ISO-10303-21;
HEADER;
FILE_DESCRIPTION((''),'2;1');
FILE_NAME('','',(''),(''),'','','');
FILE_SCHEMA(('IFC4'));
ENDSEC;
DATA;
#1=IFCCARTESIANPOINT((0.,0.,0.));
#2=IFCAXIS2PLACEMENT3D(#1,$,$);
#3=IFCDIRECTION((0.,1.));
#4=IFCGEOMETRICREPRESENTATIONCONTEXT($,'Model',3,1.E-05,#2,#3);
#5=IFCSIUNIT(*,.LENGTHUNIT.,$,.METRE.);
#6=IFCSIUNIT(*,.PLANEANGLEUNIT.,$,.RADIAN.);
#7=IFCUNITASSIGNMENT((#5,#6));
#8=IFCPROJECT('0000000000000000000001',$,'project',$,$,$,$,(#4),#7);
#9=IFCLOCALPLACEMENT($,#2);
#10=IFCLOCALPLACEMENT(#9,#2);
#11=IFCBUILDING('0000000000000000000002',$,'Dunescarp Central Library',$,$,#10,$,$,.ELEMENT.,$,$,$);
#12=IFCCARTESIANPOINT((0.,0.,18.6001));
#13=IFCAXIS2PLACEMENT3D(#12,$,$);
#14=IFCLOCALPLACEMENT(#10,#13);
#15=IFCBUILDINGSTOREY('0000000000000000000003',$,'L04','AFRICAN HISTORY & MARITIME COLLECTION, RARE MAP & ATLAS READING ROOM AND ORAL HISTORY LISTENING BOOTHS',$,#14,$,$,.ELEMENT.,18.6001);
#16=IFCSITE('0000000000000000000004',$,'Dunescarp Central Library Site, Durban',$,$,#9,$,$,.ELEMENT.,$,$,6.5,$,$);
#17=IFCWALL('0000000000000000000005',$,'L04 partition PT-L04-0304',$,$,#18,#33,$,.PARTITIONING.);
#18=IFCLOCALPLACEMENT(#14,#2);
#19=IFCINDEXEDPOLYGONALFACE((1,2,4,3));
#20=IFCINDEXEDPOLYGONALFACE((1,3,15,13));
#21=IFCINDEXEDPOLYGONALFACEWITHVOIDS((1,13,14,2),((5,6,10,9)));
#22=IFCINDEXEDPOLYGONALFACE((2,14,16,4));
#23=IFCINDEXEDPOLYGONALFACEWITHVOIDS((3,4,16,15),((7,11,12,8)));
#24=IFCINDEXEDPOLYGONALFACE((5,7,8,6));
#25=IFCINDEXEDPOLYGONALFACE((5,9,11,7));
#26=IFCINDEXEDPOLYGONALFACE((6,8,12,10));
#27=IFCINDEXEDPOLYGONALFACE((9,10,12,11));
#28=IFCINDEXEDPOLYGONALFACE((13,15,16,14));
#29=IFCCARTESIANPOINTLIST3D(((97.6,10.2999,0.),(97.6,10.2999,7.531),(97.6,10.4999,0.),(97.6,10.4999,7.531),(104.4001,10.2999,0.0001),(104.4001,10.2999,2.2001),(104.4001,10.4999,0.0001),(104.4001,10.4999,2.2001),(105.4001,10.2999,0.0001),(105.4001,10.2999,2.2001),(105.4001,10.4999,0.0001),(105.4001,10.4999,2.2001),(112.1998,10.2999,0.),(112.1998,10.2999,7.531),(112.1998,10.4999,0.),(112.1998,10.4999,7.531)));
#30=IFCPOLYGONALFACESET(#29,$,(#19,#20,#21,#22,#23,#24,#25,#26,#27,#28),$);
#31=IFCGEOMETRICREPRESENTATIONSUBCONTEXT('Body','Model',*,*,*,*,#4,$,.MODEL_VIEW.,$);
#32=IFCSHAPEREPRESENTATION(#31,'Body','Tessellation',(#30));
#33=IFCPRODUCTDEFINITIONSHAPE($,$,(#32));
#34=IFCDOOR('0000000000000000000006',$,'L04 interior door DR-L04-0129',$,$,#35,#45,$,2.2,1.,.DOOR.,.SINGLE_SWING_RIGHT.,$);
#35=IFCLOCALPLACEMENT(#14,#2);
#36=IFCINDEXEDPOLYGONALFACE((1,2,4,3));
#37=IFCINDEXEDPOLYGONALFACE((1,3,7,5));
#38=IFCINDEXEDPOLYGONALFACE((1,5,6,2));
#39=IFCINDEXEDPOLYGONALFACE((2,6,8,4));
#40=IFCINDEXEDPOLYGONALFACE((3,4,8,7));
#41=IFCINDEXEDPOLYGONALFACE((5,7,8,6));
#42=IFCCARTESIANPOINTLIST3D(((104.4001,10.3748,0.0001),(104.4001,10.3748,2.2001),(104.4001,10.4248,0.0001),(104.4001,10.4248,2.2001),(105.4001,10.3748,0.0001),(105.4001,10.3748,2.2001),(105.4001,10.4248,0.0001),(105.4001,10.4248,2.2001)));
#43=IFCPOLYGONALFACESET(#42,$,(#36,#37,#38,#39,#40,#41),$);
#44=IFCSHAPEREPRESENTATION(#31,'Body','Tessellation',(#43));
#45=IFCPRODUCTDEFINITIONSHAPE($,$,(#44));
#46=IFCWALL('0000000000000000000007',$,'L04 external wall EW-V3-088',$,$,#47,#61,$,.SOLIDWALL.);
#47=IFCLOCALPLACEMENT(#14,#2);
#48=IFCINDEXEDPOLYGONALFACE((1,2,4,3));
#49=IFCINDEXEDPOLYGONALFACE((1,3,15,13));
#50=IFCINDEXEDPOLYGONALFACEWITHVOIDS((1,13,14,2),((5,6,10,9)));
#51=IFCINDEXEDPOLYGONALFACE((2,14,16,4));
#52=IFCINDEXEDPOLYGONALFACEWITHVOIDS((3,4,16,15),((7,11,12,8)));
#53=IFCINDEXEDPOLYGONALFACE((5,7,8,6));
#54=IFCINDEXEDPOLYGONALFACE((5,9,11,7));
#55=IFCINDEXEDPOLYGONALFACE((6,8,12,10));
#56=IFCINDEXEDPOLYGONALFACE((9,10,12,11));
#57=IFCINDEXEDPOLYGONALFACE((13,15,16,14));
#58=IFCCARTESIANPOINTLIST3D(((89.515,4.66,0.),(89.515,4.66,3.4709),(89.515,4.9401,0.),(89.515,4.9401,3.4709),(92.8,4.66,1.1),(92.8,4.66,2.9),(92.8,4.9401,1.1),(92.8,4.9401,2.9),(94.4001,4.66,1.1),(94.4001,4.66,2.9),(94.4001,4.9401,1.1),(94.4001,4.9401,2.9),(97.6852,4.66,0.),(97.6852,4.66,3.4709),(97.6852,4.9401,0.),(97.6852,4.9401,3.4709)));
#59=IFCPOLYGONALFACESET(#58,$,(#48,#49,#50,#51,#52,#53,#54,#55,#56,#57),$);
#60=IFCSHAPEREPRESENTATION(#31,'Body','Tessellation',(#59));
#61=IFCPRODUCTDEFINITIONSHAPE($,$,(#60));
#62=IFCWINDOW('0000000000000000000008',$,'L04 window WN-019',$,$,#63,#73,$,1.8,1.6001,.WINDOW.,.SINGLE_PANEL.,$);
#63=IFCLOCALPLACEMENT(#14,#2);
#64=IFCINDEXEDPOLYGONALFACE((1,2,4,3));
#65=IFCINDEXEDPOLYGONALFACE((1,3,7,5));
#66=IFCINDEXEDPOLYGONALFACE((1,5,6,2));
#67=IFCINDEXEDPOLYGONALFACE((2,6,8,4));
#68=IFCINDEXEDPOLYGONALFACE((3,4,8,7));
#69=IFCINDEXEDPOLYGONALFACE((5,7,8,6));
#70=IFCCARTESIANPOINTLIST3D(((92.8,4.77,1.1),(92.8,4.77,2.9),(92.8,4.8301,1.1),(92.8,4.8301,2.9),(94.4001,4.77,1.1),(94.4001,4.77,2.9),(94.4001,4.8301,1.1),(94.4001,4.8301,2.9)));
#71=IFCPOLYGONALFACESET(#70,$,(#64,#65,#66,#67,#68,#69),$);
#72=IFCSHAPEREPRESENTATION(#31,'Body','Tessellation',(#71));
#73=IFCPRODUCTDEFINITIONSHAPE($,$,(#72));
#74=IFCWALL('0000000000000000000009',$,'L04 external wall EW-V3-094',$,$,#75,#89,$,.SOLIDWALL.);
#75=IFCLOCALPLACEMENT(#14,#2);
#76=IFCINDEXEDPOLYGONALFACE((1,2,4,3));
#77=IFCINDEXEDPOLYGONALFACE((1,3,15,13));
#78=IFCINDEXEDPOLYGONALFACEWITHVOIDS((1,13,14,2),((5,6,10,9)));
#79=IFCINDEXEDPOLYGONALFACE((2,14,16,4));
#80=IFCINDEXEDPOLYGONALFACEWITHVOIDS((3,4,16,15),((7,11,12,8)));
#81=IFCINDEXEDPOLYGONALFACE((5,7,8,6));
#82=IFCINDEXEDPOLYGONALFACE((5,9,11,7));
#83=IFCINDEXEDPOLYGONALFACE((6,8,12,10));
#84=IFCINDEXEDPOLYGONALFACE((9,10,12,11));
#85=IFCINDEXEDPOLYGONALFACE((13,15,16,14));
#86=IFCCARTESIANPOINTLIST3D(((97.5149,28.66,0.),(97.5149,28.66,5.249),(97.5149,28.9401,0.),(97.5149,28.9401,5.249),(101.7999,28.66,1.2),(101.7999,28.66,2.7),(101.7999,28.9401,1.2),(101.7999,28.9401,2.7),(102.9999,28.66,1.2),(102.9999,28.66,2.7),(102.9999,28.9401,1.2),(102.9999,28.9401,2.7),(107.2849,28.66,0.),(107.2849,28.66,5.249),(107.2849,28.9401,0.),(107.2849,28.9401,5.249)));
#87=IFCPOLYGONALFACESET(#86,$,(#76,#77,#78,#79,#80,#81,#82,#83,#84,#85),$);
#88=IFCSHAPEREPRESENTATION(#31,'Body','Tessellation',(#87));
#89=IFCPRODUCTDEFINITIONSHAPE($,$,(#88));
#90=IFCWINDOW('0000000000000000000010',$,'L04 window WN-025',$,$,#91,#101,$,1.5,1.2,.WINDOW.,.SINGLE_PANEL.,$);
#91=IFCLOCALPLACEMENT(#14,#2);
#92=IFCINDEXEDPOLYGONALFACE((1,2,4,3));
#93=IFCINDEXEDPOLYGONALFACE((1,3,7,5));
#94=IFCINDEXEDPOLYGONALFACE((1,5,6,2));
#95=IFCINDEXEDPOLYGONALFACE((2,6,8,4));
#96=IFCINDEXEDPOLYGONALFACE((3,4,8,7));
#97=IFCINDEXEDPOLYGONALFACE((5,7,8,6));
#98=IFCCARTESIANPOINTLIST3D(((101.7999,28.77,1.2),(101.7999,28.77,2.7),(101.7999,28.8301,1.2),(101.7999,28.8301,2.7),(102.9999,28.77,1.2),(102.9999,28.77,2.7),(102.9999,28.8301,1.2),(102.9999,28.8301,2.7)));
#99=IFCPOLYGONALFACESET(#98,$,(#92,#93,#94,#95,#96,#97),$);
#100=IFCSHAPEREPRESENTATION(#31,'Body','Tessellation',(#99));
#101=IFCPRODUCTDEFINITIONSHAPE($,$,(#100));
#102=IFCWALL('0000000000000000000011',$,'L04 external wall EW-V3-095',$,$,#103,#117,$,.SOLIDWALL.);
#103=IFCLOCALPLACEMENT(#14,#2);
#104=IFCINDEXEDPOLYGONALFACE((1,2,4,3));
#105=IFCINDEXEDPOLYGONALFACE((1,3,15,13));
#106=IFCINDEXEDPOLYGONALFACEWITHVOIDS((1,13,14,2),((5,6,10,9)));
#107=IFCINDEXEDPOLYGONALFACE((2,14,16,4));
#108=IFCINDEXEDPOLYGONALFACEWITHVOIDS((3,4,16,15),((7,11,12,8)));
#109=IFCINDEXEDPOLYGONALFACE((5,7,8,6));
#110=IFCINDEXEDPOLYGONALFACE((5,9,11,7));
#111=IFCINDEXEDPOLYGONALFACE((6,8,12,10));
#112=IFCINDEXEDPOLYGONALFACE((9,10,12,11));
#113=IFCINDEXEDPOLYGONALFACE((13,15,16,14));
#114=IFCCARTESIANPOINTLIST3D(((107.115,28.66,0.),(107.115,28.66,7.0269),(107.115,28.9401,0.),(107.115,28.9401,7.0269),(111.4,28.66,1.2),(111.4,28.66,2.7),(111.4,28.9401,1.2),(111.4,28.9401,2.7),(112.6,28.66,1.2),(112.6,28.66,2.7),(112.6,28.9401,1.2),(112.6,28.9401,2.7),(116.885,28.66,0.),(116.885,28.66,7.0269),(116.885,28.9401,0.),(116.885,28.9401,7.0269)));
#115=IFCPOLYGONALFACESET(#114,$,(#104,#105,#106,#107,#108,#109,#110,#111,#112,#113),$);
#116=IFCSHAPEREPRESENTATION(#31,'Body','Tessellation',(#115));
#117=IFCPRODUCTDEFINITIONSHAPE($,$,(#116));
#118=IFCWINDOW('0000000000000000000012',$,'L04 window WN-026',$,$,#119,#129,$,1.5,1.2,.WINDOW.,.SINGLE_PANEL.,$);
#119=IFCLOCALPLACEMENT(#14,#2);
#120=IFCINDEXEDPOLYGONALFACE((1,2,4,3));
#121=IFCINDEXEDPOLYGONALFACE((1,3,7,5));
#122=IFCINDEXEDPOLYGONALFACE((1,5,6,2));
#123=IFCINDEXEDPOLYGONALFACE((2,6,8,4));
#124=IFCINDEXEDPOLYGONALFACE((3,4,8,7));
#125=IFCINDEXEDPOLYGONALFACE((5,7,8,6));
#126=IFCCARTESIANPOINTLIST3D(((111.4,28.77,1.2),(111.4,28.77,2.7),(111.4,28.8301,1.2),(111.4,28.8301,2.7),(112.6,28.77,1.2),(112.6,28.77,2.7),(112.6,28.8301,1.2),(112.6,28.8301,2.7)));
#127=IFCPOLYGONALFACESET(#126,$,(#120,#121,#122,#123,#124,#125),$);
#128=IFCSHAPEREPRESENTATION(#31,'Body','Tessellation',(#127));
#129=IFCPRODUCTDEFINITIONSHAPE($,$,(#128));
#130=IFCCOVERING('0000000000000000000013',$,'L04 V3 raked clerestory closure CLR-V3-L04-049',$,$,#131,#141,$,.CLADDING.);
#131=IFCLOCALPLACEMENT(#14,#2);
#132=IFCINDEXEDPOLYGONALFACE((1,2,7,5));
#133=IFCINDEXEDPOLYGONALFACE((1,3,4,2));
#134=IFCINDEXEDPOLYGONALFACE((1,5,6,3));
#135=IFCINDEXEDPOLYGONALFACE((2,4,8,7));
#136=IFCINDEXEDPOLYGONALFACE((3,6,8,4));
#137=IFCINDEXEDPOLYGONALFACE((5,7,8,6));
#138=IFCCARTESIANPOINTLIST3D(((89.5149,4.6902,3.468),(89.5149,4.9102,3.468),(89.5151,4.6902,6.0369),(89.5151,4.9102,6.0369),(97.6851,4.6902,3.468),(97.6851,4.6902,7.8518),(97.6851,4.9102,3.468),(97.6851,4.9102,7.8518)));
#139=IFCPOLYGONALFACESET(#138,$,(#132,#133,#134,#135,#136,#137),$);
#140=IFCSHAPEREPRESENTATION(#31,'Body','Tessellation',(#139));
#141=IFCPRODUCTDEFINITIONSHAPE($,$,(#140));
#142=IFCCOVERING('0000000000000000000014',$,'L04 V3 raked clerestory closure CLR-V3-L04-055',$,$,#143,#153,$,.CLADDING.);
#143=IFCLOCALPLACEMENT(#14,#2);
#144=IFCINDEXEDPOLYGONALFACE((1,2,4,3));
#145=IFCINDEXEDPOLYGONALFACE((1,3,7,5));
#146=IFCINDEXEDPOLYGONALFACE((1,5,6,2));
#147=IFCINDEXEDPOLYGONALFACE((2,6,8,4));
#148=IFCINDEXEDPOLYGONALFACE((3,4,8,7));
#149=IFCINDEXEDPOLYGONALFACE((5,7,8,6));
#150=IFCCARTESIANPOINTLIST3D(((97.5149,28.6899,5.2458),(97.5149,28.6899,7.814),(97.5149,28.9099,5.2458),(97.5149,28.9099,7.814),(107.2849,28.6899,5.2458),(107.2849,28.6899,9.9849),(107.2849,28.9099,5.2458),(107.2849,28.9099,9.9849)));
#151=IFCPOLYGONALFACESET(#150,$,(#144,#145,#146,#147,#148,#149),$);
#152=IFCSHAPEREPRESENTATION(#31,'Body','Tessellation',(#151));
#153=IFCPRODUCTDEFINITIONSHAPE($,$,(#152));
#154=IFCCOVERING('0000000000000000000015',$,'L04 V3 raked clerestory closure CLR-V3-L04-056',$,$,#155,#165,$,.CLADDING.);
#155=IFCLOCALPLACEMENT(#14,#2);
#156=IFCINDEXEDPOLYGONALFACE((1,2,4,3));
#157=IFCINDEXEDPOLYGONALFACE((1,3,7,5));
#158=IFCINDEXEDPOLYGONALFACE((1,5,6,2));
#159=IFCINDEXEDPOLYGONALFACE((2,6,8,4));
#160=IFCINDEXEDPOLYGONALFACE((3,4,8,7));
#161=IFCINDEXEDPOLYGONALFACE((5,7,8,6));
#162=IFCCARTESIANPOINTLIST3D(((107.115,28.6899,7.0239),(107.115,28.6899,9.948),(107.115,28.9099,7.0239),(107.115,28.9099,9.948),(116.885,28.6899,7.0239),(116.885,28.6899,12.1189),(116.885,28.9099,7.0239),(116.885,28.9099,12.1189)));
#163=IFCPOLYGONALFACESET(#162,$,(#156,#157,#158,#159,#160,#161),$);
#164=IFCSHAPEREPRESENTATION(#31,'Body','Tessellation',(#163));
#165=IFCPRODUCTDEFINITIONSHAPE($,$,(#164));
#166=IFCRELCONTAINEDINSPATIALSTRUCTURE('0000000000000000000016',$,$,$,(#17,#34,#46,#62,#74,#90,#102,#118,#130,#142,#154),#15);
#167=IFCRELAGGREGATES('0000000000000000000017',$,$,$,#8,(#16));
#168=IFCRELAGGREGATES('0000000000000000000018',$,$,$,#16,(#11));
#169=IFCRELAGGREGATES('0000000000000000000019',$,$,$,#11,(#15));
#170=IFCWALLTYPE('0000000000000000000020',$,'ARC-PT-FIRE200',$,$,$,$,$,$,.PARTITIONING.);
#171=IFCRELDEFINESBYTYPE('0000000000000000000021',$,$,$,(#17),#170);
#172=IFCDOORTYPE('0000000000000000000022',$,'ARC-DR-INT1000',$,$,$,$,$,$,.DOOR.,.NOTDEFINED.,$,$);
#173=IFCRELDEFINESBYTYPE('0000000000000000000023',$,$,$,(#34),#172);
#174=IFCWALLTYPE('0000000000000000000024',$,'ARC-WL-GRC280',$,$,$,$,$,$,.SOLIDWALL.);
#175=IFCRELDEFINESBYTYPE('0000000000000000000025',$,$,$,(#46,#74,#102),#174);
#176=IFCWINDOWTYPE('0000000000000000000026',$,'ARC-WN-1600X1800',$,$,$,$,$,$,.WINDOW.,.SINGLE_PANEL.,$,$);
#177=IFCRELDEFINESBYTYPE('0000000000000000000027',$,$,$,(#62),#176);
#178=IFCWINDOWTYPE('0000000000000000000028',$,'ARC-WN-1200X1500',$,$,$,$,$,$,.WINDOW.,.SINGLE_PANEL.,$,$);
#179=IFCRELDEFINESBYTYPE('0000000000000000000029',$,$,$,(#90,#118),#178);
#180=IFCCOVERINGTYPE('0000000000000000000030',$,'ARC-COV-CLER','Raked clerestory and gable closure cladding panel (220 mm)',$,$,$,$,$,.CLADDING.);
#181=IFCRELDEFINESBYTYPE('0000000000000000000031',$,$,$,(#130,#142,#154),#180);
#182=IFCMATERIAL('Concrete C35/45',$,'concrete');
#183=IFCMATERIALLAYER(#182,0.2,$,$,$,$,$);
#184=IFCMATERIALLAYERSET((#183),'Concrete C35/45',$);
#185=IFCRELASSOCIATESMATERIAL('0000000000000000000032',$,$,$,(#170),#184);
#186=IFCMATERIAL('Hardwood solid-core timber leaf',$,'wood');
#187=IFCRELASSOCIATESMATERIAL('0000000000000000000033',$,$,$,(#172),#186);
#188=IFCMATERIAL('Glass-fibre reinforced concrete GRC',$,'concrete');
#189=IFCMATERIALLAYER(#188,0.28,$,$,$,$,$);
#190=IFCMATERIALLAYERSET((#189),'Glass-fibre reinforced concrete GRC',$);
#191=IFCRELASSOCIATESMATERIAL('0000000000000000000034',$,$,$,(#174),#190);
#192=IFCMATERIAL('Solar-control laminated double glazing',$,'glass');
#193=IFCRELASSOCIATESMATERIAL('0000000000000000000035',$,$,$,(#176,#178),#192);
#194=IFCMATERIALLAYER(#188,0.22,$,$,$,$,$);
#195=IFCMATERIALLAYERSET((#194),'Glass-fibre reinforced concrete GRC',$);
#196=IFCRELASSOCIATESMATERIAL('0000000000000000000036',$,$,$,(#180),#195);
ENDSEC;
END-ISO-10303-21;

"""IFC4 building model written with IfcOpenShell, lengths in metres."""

from ifc_helpers import new_model, si_unit, direction, frame, frame_2d, origin, place, context, subcontext, project, spatial, polyline, rectangle, outline, extrude, material, layer, layer_set, type_object, element, fill, save


model = new_model("IFC4")

# Units and contexts
model_context = context("Model", 3, precision=1e-05, world=origin(), true_north=direction((0.0, 1.0)))
body_context = subcontext(model_context, "Body", "Model", "MODEL_VIEW")
ifc_project = project(units=[si_unit("LENGTHUNIT", "METRE"), si_unit("PLANEANGLEUNIT", "RADIAN")], contexts=[model_context])

# Site, building, storey
site_placement = place(None, origin())
site = spatial("IfcSite", under=ifc_project, at=site_placement, Name="Dunescarp Central Library Site, Durban", CompositionType="ELEMENT", RefElevation=6.5)
building_placement = place(site_placement, origin())
building = spatial("IfcBuilding", under=site, at=building_placement, Name="Dunescarp Central Library", CompositionType="ELEMENT")
storey_placement = place(building_placement, frame((0.0, 0.0, 18.6001)))
storey = spatial("IfcBuildingStorey", under=building, at=storey_placement, Name="L04", Description="AFRICAN HISTORY & MARITIME COLLECTION, RARE MAP & ATLAS READING ROOM AND ORAL HISTORY LISTENING BOOTHS", CompositionType="ELEMENT", Elevation=18.6001)

# Shared definitions
ifc_material_1 = material(Name="Concrete C35/45", Category="concrete")
ifc_layer_1 = layer(ifc_material_1, 0.2)
ifc_layer_set_1 = layer_set([ifc_layer_1], Name="Concrete C35/45")
wall_type_1 = type_object("IfcWallType", Name="ARC-PT-FIRE200", PredefinedType="PARTITIONING", material=ifc_layer_set_1)

# Wall, opening, door
wall_1_placement = place(storey_placement, frame((97.6001, 10.3999, 0.0), z_axis=(0.0, 0.0, 1.0), x_axis=(1.0, 0.0, 0.0)))
wall_1 = element("IfcWall", 1, at=wall_1_placement, inside=storey, type_object=wall_type_1, Name="L04 partition PT-L04-0304", PredefinedType="PARTITIONING", context=body_context, shape_type="SweptSolid", body=[
    extrude(rectangle(XDim=14.5999, YDim=0.2, at=frame_2d((7.2998, 0.0))), origin(), (0.0, 0.0, 1.0), 7.531),
])
opening_1_placement = place(wall_1_placement, frame((6.8, 0.0, 0.0)))
opening_1 = element("IfcOpeningElement", 2, at=opening_1_placement, cuts=wall_1, PredefinedType="OPENING", context=body_context, shape_type="SweptSolid", body=[
    extrude(rectangle(XDim=1.0, YDim=2.2, at=frame_2d((0.5, 1.1001))), frame((0.0, 0.1099, 0.0), z_axis=(0.0, -1.0, 0.0), x_axis=(1.0, 0.0, 0.0)), (0.0, 0.0, 1.0), 0.22),
])
ifc_material_2 = material(Name="Hardwood solid-core timber leaf", Category="wood")
door_type = type_object("IfcDoorType", Name="ARC-DR-INT1000", OperationType="NOTDEFINED", PredefinedType="DOOR", material=ifc_material_2)
door_placement = place(opening_1_placement, origin())
door = element("IfcDoor", 3, at=door_placement, inside=storey, type_object=door_type, Name="L04 interior door DR-L04-0129", OperationType="SINGLE_SWING_RIGHT", OverallHeight=2.2, OverallWidth=1.0, PredefinedType="DOOR", context=body_context, shape_type="SweptSolid", body=[
    extrude(rectangle(XDim=1.0, YDim=2.2, at=frame_2d((0.5, 1.1001))), frame((0.0, 0.0249, 0.0), z_axis=(0.0, -1.0, 0.0), x_axis=(1.0, 0.0, 0.0)), (0.0, 0.0, 1.0), 0.05),
])
fill(opening_1, door)

# Walls, openings, windows
ifc_material_3 = material(Name="Glass-fibre reinforced concrete GRC", Category="concrete")
ifc_layer_2 = layer(ifc_material_3, 0.28)
ifc_layer_set_2 = layer_set([ifc_layer_2], Name="Glass-fibre reinforced concrete GRC")
wall_type_2 = type_object("IfcWallType", Name="ARC-WL-GRC280", PredefinedType="SOLIDWALL", material=ifc_layer_set_2)
wall_2_placement = place(storey_placement, frame((97.6851, 4.8, 0.0), z_axis=(0.0, 0.0, 1.0), x_axis=(-1.0, 0.0, 0.0)))
wall_2 = element("IfcWall", 4, at=wall_2_placement, inside=storey, type_object=wall_type_2, Name="L04 external wall EW-V3-088", PredefinedType="SOLIDWALL", context=body_context, shape_type="SweptSolid", body=[
    extrude(rectangle(XDim=8.1702, YDim=0.28, at=frame_2d((4.085, 0.0))), origin(), (0.0, 0.0, 1.0), 3.4709),
])
opening_2_placement = place(wall_2_placement, frame((3.2849, 0.0, 1.1001)))
opening_2 = element("IfcOpeningElement", 5, at=opening_2_placement, cuts=wall_2, PredefinedType="OPENING", context=body_context, shape_type="SweptSolid", body=[
    extrude(rectangle(XDim=1.6001, YDim=1.8, at=frame_2d((0.8, 0.8999))), frame((0.0, 0.1499, 0.0), z_axis=(0.0, -1.0, 0.0), x_axis=(1.0, 0.0, 0.0)), (0.0, 0.0, 1.0), 0.3),
])
ifc_material_4 = material(Name="Solar-control laminated double glazing", Category="glass")
window_type_1 = type_object("IfcWindowType", Name="ARC-WN-1600X1800", PartitioningType="SINGLE_PANEL", PredefinedType="WINDOW", material=ifc_material_4)
window_1_placement = place(opening_2_placement, origin())
window_1 = element("IfcWindow", 6, at=window_1_placement, inside=storey, type_object=window_type_1, Name="L04 window WN-019", OverallHeight=1.8, OverallWidth=1.6001, PartitioningType="SINGLE_PANEL", PredefinedType="WINDOW", context=body_context, shape_type="SweptSolid", body=[
    extrude(rectangle(XDim=1.6001, YDim=1.8, at=frame_2d((0.8, 0.8999))), frame((0.0, 0.03, 0.0), z_axis=(0.0, -1.0, 0.0), x_axis=(1.0, 0.0, 0.0)), (0.0, 0.0, 1.0), 0.0601),
])
fill(opening_2, window_1)
wall_3_placement = place(storey_placement, frame((97.5149, 28.8, 0.0), z_axis=(0.0, 0.0, 1.0), x_axis=(1.0, 0.0, 0.0)))
wall_3 = element("IfcWall", 7, at=wall_3_placement, inside=storey, type_object=wall_type_2, Name="L04 external wall EW-V3-094", PredefinedType="SOLIDWALL", context=body_context, shape_type="SweptSolid", body=[
    extrude(rectangle(XDim=9.77, YDim=0.28, at=frame_2d((4.885, 0.0))), origin(), (0.0, 0.0, 1.0), 5.249),
])
opening_3_placement = place(wall_3_placement, frame((4.2849, 0.0, 1.2)))
opening_3 = element("IfcOpeningElement", 8, at=opening_3_placement, cuts=wall_3, PredefinedType="OPENING", context=body_context, shape_type="SweptSolid", body=[
    extrude(rectangle(XDim=1.2, YDim=1.5, at=frame_2d((0.6001, 0.75))), frame((0.0, 0.1499, 0.0), z_axis=(0.0, -1.0, 0.0), x_axis=(1.0, 0.0, 0.0)), (0.0, 0.0, 1.0), 0.3),
])
window_type_2 = type_object("IfcWindowType", Name="ARC-WN-1200X1500", PartitioningType="SINGLE_PANEL", PredefinedType="WINDOW", material=ifc_material_4)
window_2_placement = place(opening_3_placement, origin())
window_2 = element("IfcWindow", 9, at=window_2_placement, inside=storey, type_object=window_type_2, Name="L04 window WN-025", OverallHeight=1.5, OverallWidth=1.2, PartitioningType="SINGLE_PANEL", PredefinedType="WINDOW", context=body_context, shape_type="SweptSolid", body=[
    extrude(rectangle(XDim=1.2, YDim=1.5, at=frame_2d((0.6001, 0.75))), frame((0.0, 0.03, 0.0), z_axis=(0.0, -1.0, 0.0), x_axis=(1.0, 0.0, 0.0)), (0.0, 0.0, 1.0), 0.0601),
])
fill(opening_3, window_2)
wall_4_placement = place(storey_placement, frame((107.115, 28.8, 0.0), z_axis=(0.0, 0.0, 1.0), x_axis=(1.0, 0.0, 0.0)))
wall_4 = element("IfcWall", 10, at=wall_4_placement, inside=storey, type_object=wall_type_2, Name="L04 external wall EW-V3-095", PredefinedType="SOLIDWALL", context=body_context, shape_type="SweptSolid", body=[
    extrude(rectangle(XDim=9.77, YDim=0.28, at=frame_2d((4.885, 0.0))), origin(), (0.0, 0.0, 1.0), 7.0269),
])
opening_4_placement = place(wall_4_placement, frame((4.2849, 0.0, 1.2)))
opening_4 = element("IfcOpeningElement", 11, at=opening_4_placement, cuts=wall_4, PredefinedType="OPENING", context=body_context, shape_type="SweptSolid", body=[
    extrude(rectangle(XDim=1.2, YDim=1.5, at=frame_2d((0.6001, 0.75))), frame((0.0, 0.1499, 0.0), z_axis=(0.0, -1.0, 0.0), x_axis=(1.0, 0.0, 0.0)), (0.0, 0.0, 1.0), 0.3),
])
window_3_placement = place(opening_4_placement, origin())
window_3 = element("IfcWindow", 12, at=window_3_placement, inside=storey, type_object=window_type_2, Name="L04 window WN-026", OverallHeight=1.5, OverallWidth=1.2, PartitioningType="SINGLE_PANEL", PredefinedType="WINDOW", context=body_context, shape_type="SweptSolid", body=[
    extrude(rectangle(XDim=1.2, YDim=1.5, at=frame_2d((0.6001, 0.75))), frame((0.0, 0.03, 0.0), z_axis=(0.0, -1.0, 0.0), x_axis=(1.0, 0.0, 0.0)), (0.0, 0.0, 1.0), 0.0601),
])
fill(opening_4, window_3)

# Coverings
ifc_layer_3 = layer(ifc_material_3, 0.22)
ifc_layer_set_3 = layer_set([ifc_layer_3], Name="Glass-fibre reinforced concrete GRC")
covering_type = type_object("IfcCoveringType", Name="ARC-COV-CLER", Description="Raked clerestory and gable closure cladding panel (220 mm)", PredefinedType="CLADDING", material=ifc_layer_set_3)
covering_1_placement = place(storey_placement, frame((97.6851, 4.8, 3.468), z_axis=(0.0, 0.0, 1.0), x_axis=(-1.0, 0.0, 0.0)))
element("IfcCovering", 13, at=covering_1_placement, inside=storey, type_object=covering_type, Name="L04 V3 raked clerestory closure CLR-V3-L04-049", PredefinedType="CLADDING", context=body_context, shape_type="SweptSolid", body=[
    extrude(outline(polyline([(0.0, 0.0), (8.1702, 0.0), (8.1699, 2.5688), (0.0, 4.3838), (0.0, 0.0)])), frame((0.0, 0.1099, 0.0), z_axis=(0.0, -1.0, 0.0), x_axis=(1.0, 0.0, 0.0)), (0.0, 0.0, 1.0), 0.22),
])
covering_2_placement = place(storey_placement, frame((97.5149, 28.8, 5.2458), z_axis=(0.0, 0.0, 1.0), x_axis=(1.0, 0.0, 0.0)))
element("IfcCovering", 14, at=covering_2_placement, inside=storey, type_object=covering_type, Name="L04 V3 raked clerestory closure CLR-V3-L04-055", PredefinedType="CLADDING", context=body_context, shape_type="SweptSolid", body=[
    extrude(outline(polyline([(0.0, 0.0), (9.77, 0.0), (9.77, 4.739), (0.0, 2.5681), (0.0, 0.0)])), frame((0.0, 0.1099, 0.0), z_axis=(0.0, -1.0, 0.0), x_axis=(1.0, 0.0, 0.0)), (0.0, 0.0, 1.0), 0.22),
])
covering_3_placement = place(storey_placement, frame((107.115, 28.8, 7.0239), z_axis=(0.0, 0.0, 1.0), x_axis=(1.0, 0.0, 0.0)))
element("IfcCovering", 15, at=covering_3_placement, inside=storey, type_object=covering_type, Name="L04 V3 raked clerestory closure CLR-V3-L04-056", PredefinedType="CLADDING", context=body_context, shape_type="SweptSolid", body=[
    extrude(outline(polyline([(0.0, 0.0), (9.77, 0.0), (9.77, 5.095), (0.0, 2.9241), (0.0, 0.0)])), frame((0.0, 0.1099, 0.0), z_axis=(0.0, -1.0, 0.0), x_axis=(1.0, 0.0, 0.0)), (0.0, 0.0, 1.0), 0.22),
])

save(model, "model.ifc")
